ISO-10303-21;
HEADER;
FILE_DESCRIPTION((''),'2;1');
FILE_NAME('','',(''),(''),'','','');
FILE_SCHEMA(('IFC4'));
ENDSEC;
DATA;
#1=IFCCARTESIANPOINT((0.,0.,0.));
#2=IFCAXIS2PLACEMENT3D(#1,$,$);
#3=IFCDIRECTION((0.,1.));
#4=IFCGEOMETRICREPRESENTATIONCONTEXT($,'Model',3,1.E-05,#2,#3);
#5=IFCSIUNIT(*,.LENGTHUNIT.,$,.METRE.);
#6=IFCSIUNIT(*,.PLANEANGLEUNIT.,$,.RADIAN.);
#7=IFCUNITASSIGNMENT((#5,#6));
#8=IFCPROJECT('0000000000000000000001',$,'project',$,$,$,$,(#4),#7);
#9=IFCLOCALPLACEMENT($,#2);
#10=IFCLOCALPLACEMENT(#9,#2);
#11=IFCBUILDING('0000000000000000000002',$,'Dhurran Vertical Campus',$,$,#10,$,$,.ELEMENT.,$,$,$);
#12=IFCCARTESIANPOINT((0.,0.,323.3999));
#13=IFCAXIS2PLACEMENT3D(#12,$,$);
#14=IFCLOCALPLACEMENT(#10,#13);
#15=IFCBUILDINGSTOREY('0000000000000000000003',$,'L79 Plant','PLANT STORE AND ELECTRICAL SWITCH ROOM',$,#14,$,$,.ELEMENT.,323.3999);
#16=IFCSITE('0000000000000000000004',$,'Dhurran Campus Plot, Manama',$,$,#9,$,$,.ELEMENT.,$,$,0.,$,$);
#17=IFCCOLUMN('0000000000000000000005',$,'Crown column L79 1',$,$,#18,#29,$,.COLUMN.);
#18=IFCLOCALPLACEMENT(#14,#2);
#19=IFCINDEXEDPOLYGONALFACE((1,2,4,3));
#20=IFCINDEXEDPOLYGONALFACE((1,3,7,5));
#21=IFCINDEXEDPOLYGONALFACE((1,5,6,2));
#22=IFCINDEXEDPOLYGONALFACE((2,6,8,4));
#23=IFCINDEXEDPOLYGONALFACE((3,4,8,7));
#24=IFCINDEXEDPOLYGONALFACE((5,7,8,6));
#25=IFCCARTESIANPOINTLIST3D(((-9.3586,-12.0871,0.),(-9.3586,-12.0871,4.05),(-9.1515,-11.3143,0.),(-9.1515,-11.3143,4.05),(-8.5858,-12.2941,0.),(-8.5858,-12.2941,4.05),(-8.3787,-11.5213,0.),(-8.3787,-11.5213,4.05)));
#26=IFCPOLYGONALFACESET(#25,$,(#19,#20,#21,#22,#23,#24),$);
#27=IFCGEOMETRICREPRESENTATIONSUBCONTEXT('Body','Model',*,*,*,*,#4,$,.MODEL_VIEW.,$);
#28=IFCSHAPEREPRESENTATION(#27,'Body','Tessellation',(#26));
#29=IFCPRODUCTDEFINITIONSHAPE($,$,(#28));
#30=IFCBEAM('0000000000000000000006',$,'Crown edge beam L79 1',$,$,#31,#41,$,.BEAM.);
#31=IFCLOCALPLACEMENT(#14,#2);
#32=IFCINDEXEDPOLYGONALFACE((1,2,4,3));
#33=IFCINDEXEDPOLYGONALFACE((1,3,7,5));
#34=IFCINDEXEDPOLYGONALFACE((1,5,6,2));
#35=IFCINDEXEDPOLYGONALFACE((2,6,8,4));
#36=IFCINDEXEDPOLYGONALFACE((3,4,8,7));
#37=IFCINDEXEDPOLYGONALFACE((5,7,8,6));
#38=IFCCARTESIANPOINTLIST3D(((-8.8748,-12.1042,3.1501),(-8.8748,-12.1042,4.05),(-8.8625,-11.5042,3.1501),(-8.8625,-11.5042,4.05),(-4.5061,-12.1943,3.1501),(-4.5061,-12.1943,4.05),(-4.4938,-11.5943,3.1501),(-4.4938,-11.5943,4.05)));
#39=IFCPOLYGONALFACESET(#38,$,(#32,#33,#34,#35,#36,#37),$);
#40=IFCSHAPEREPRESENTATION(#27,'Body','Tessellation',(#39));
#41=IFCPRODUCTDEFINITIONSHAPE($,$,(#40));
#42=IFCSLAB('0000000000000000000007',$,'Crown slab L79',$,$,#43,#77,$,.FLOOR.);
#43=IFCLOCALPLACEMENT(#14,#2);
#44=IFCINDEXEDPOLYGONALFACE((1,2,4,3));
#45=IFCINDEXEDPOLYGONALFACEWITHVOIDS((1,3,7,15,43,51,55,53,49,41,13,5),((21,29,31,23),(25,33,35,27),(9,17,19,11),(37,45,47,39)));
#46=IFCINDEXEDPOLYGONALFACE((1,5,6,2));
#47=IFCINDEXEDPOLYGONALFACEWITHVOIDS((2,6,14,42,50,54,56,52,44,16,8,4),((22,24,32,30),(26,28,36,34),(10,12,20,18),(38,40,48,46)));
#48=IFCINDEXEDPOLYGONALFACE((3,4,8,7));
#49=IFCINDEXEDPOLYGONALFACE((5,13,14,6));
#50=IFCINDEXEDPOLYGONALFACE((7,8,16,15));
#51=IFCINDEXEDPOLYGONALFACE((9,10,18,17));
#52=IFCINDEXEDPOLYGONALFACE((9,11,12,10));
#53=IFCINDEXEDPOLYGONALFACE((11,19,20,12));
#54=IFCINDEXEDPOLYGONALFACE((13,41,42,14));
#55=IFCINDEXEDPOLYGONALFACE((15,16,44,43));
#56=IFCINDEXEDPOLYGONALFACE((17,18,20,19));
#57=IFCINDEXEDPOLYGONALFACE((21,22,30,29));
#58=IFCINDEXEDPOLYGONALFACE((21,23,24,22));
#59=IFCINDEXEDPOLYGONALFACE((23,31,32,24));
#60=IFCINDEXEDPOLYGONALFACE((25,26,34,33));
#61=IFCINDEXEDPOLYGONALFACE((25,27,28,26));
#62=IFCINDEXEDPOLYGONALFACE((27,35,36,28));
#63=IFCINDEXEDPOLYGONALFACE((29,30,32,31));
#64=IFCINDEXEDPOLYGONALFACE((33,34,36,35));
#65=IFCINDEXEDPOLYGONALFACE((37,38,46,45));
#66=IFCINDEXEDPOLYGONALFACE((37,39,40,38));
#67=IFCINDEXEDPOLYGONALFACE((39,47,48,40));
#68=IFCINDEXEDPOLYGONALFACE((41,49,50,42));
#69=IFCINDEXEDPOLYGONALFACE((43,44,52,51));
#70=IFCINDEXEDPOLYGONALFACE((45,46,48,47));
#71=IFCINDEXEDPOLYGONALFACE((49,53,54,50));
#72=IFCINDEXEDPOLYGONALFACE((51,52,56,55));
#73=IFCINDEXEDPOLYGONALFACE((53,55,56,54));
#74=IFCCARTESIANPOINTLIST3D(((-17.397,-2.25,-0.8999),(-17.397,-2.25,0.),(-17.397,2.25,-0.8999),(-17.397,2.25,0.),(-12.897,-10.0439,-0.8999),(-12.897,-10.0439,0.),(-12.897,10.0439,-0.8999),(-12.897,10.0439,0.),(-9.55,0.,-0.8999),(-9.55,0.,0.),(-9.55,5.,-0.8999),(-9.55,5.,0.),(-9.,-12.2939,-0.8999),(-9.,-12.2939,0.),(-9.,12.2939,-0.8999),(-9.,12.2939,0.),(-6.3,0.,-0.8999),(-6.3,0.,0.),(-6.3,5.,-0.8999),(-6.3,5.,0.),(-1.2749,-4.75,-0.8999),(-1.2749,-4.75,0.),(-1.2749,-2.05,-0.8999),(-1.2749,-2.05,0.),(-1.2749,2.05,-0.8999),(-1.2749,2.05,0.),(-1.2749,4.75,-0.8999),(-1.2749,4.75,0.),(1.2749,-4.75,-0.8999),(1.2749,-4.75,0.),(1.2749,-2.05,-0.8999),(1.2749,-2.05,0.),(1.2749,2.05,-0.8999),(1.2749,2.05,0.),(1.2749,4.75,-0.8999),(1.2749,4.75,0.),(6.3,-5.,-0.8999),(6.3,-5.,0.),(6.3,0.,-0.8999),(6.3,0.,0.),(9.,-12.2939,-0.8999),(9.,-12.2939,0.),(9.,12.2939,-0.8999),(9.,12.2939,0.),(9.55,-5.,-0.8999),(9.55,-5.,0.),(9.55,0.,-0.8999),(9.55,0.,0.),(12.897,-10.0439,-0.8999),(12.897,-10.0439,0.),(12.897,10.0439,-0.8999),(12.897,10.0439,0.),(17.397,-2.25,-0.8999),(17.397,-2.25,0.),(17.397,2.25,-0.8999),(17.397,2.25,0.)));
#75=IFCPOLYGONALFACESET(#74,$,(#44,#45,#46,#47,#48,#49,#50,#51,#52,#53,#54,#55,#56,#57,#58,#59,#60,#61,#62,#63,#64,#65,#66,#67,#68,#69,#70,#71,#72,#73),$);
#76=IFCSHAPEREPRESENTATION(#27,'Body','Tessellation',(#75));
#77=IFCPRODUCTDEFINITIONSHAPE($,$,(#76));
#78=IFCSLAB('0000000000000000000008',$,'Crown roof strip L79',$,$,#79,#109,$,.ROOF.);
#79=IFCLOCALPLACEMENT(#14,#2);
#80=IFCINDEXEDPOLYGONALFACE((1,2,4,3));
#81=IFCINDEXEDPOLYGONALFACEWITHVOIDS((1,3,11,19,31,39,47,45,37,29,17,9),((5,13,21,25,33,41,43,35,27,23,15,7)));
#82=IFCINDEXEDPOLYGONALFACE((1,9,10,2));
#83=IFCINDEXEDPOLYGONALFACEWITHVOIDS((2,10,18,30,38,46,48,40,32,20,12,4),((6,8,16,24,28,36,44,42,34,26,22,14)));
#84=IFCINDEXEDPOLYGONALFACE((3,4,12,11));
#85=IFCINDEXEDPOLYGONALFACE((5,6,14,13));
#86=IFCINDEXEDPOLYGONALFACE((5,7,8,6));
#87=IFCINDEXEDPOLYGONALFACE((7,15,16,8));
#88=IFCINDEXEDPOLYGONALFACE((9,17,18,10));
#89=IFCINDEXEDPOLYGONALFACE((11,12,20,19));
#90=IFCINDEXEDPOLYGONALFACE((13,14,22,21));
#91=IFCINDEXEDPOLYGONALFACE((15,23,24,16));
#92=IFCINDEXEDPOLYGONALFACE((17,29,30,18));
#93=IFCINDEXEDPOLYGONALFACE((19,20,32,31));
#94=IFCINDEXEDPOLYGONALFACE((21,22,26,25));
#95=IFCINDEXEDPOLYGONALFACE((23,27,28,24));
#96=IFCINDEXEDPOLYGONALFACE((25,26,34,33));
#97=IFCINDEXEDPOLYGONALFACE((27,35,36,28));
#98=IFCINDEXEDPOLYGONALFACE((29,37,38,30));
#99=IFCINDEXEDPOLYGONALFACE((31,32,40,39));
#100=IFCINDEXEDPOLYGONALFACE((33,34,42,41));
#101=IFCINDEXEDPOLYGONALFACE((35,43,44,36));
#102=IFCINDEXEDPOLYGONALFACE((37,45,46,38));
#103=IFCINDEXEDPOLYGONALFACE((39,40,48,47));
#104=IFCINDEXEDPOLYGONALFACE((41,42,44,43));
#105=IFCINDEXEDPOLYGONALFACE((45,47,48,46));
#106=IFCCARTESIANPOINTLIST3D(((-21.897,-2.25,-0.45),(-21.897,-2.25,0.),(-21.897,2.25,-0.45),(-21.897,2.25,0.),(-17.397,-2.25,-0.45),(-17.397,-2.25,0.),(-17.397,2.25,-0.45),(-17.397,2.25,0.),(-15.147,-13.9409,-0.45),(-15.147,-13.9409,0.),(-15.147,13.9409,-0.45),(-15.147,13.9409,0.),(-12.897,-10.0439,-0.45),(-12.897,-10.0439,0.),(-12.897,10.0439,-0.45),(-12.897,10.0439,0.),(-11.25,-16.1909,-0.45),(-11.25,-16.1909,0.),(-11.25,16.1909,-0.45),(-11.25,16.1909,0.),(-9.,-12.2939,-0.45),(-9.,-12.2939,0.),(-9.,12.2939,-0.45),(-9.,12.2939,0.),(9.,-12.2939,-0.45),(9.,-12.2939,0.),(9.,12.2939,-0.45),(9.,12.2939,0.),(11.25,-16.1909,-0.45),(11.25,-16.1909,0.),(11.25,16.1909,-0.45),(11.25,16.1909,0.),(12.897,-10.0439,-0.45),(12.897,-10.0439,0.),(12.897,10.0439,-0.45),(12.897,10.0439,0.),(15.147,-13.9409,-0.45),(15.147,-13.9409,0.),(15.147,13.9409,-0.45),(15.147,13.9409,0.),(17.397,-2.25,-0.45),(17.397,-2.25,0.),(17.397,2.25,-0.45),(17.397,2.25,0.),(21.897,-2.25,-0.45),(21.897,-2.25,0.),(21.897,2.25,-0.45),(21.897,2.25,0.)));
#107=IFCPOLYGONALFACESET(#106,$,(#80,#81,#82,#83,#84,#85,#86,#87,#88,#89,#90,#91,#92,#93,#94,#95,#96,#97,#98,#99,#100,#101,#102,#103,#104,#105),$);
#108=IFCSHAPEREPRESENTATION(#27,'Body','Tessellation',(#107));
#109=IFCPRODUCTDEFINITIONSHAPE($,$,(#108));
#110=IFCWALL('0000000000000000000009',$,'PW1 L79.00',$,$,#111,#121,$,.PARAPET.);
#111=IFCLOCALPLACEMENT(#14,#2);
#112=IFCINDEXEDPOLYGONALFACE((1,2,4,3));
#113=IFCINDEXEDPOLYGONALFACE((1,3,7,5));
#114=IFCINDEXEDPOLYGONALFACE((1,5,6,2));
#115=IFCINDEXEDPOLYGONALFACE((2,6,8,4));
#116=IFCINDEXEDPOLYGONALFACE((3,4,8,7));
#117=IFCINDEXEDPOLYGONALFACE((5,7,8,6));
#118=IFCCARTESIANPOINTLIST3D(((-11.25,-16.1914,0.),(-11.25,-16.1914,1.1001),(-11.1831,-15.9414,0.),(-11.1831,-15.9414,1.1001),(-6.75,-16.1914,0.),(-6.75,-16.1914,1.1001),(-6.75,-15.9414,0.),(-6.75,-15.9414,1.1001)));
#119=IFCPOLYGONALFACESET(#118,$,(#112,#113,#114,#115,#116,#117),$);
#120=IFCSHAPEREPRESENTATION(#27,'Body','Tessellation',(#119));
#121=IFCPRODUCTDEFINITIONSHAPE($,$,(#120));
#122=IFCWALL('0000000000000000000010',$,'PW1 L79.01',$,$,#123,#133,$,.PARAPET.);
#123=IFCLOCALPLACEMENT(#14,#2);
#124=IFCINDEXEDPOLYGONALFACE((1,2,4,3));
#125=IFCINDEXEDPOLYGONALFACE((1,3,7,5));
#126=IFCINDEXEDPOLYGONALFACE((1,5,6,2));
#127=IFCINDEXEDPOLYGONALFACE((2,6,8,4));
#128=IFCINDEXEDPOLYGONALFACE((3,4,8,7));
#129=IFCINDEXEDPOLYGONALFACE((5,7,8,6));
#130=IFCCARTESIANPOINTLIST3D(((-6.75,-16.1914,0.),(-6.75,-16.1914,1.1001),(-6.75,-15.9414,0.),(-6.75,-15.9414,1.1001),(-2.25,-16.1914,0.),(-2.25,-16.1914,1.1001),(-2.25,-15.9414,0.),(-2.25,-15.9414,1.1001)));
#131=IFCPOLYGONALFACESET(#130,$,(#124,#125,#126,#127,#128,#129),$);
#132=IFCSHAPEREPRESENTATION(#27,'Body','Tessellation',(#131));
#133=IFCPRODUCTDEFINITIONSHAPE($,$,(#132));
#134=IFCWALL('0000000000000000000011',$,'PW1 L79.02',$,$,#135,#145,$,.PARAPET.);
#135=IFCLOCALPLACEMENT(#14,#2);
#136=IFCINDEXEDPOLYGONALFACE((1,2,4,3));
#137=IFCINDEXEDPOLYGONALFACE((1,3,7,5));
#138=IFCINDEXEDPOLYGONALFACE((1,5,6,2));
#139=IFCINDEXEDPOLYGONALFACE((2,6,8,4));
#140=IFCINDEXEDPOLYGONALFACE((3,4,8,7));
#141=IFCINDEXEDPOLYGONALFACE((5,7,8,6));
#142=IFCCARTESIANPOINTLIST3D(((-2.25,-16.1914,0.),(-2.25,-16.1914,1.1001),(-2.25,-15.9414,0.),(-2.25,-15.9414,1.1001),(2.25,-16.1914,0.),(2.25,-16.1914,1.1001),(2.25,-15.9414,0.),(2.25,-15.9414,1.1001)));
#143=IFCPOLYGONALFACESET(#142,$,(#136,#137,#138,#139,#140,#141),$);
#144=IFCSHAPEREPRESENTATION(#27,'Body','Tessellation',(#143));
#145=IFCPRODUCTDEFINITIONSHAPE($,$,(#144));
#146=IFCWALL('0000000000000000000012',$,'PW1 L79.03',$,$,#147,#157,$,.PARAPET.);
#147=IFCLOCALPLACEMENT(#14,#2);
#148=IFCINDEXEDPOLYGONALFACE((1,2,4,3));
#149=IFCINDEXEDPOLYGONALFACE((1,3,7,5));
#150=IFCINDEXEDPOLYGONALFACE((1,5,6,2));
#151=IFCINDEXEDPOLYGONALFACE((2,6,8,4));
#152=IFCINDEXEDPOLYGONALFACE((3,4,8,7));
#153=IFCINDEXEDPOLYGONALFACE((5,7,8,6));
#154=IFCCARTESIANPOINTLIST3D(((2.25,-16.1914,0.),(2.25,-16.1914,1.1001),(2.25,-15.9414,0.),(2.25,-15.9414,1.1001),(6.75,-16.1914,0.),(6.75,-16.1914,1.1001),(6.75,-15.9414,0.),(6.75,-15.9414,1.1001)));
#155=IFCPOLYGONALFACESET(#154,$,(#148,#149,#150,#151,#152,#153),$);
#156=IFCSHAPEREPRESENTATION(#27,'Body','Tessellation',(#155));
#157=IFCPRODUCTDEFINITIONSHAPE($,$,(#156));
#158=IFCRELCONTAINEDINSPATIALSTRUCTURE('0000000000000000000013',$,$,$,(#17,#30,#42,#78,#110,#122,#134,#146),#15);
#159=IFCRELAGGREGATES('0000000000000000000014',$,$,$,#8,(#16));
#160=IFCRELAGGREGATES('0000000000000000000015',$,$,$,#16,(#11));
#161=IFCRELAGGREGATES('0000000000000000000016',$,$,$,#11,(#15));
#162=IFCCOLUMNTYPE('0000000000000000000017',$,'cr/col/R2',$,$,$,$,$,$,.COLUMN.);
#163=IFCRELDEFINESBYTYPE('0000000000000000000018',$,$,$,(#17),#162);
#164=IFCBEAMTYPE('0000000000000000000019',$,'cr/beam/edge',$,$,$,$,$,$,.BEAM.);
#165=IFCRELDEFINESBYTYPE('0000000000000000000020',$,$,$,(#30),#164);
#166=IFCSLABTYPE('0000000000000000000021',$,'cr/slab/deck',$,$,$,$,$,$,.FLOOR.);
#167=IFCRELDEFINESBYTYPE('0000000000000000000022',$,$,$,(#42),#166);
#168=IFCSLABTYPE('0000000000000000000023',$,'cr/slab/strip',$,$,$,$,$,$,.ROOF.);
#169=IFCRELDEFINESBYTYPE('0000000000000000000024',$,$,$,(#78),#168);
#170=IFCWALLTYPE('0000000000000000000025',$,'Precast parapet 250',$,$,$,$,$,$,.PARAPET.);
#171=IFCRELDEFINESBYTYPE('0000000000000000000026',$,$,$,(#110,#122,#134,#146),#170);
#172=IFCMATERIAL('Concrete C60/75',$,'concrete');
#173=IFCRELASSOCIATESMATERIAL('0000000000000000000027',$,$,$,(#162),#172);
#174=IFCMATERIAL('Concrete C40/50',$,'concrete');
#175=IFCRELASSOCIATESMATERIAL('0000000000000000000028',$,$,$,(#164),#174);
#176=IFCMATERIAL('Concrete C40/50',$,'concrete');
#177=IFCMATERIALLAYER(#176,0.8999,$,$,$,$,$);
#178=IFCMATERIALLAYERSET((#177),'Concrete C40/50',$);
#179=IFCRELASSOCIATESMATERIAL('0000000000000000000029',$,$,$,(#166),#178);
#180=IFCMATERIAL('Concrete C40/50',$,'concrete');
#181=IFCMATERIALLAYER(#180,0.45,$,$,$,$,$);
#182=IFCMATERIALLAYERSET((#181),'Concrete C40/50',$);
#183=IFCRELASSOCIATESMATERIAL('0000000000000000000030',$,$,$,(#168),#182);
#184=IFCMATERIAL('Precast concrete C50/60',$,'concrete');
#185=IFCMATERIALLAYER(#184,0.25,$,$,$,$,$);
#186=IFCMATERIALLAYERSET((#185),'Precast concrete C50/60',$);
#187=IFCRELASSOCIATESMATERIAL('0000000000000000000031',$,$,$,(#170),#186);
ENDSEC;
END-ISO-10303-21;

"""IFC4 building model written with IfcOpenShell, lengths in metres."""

from ifc_helpers import new_model, si_unit, direction, frame, origin, origin_2d, place, context, subcontext, project, spatial, polyline, rectangle, outline, extrude, material, layer, layer_set, material_profile, profile_set, type_object, element, save


model = new_model("IFC4")

# Units and contexts
model_context = context("Model", 3, precision=1e-05, world=origin(), true_north=direction((0.0, 1.0)))
body_context = subcontext(model_context, "Body", "Model", "MODEL_VIEW")
ifc_project = project(units=[si_unit("LENGTHUNIT", "METRE"), si_unit("PLANEANGLEUNIT", "RADIAN")], contexts=[model_context])

# Site, building, storey
site_placement = place(None, origin())
site = spatial("IfcSite", under=ifc_project, at=site_placement, Name="Dhurran Campus Plot, Manama", CompositionType="ELEMENT", RefElevation=0.0)
building_placement = place(site_placement, origin())
building = spatial("IfcBuilding", under=site, at=building_placement, Name="Dhurran Vertical Campus", CompositionType="ELEMENT")
storey_placement = place(building_placement, frame((0.0, 0.0, 323.3999)))
storey = spatial("IfcBuildingStorey", under=building, at=storey_placement, Name="L79 Plant", Description="PLANT STORE AND ELECTRICAL SWITCH ROOM", CompositionType="ELEMENT", Elevation=323.3999)

# Column
ifc_material_1 = material(Name="Concrete C60/75", Category="concrete")
ifc_material_profile_1 = material_profile(ifc_material_1, rectangle(XDim=0.8, YDim=0.8, at=origin_2d()), Name="cr/col/R2")
ifc_profile_set_1 = profile_set([ifc_material_profile_1], Name="Concrete C60/75")
column_type = type_object("IfcColumnType", Name="cr/col/R2", PredefinedType="COLUMN", material=ifc_profile_set_1)
column_placement = place(storey_placement, frame((-8.8687, -11.8042, 0.0), z_axis=(0.0, 0.0, 1.0), x_axis=(0.965926, -0.258819, 0.0)))
element("IfcColumn", 1, at=column_placement, inside=storey, type_object=column_type, Name="Crown column L79 1", PredefinedType="COLUMN", context=body_context, shape_type="SweptSolid", body=[
    extrude(rectangle(XDim=0.8, YDim=0.8, at=origin_2d()), origin(), (0.0, 0.0, 1.0), 4.05),
])

# Beam
ifc_material_2 = material(Name="Concrete C40/50", Category="concrete")
ifc_material_profile_2 = material_profile(ifc_material_2, rectangle(XDim=0.6001, YDim=0.8999, at=origin_2d()), Name="cr/beam/edge")
ifc_profile_set_2 = profile_set([ifc_material_profile_2], Name="Concrete C40/50")
beam_type = type_object("IfcBeamType", Name="cr/beam/edge", PredefinedType="BEAM", material=ifc_profile_set_2)
beam_placement = place(storey_placement, frame((-8.8687, -11.8042, 3.6001), z_axis=(0.999787, -0.020617, 0.0), x_axis=(0.020617, 0.999787, 0.0)))
element("IfcBeam", 2, at=beam_placement, inside=storey, type_object=beam_type, Name="Crown edge beam L79 1", PredefinedType="BEAM", context=body_context, shape_type="SweptSolid", body=[
    extrude(rectangle(XDim=0.6001, YDim=0.8999, at=origin_2d()), origin(), (0.0, 0.0, 1.0), 4.3696),
])

# Slabs
ifc_material_3 = material(Name="Concrete C40/50", Category="concrete")
ifc_layer_1 = layer(ifc_material_3, 0.8999)
ifc_layer_set_1 = layer_set([ifc_layer_1], Name="Concrete C40/50")
slab_type_1 = type_object("IfcSlabType", Name="cr/slab/deck", PredefinedType="FLOOR", material=ifc_layer_set_1)
slab_1_placement = place(storey_placement, frame((0.0, 0.0, -0.8999)))
element("IfcSlab", 3, at=slab_1_placement, inside=storey, type_object=slab_type_1, Name="Crown slab L79", PredefinedType="FLOOR", context=body_context, shape_type="SweptSolid", body=[
    extrude(outline(polyline([(-9.0, -12.2939), (9.0, -12.2939), (12.897, -10.0439), (17.397, -2.25), (17.397, 2.25), (12.897, 10.0439), (9.0, 12.2939), (-9.0, 12.2939), (-12.897, 10.0439), (-17.397, 2.25), (-17.397, -2.25), (-12.897, -10.0439), (-9.0, -12.2939)]), holes=[polyline([(-1.2749, 4.75), (1.2749, 4.75), (1.2749, 2.05), (-1.2749, 2.05), (-1.2749, 4.75)]), polyline([(-1.2749, -2.05), (1.2749, -2.05), (1.2749, -4.75), (-1.2749, -4.75), (-1.2749, -2.05)]), polyline([(-9.55, 5.0), (-6.3, 5.0), (-6.3, 0.0), (-9.55, 0.0), (-9.55, 5.0)]), polyline([(6.3, 0.0), (9.55, 0.0), (9.55, -5.0), (6.3, -5.0), (6.3, 0.0)])]), origin(), (0.0, 0.0, 1.0), 0.8999),
])
ifc_material_4 = material(Name="Concrete C40/50", Category="concrete")
ifc_layer_2 = layer(ifc_material_4, 0.45)
ifc_layer_set_2 = layer_set([ifc_layer_2], Name="Concrete C40/50")
slab_type_2 = type_object("IfcSlabType", Name="cr/slab/strip", PredefinedType="ROOF", material=ifc_layer_set_2)
slab_2_placement = place(storey_placement, frame((0.0, 0.0, -0.45)))
element("IfcSlab", 4, at=slab_2_placement, inside=storey, type_object=slab_type_2, Name="Crown roof strip L79", PredefinedType="ROOF", context=body_context, shape_type="SweptSolid", body=[
    extrude(outline(polyline([(-15.147, -13.9409), (-11.25, -16.1909), (11.25, -16.1909), (15.147, -13.9409), (21.897, -2.25), (21.897, 2.25), (15.147, 13.9409), (11.25, 16.1909), (-11.25, 16.1909), (-15.147, 13.9409), (-21.897, 2.25), (-21.897, -2.25), (-15.147, -13.9409)]), holes=[polyline([(9.0, -12.2939), (12.897, -10.0439), (17.397, -2.25), (17.397, 2.25), (12.897, 10.0439), (9.0, 12.2939), (-9.0, 12.2939), (-12.897, 10.0439), (-17.397, 2.25), (-17.397, -2.25), (-12.897, -10.0439), (-9.0, -12.2939), (9.0, -12.2939)])]), origin(), (0.0, 0.0, 1.0), 0.45),
])

# Walls
ifc_material_5 = material(Name="Precast concrete C50/60", Category="concrete")
ifc_layer_3 = layer(ifc_material_5, 0.25)
ifc_layer_set_3 = layer_set([ifc_layer_3], Name="Precast concrete C50/60")
wall_type_1 = type_object("IfcWallType", Name="Precast parapet 250", PredefinedType="PARAPET", material=ifc_layer_set_3)
wall_1_placement = place(storey_placement, origin())
element("IfcWall", 5, at=wall_1_placement, inside=storey, type_object=wall_type_1, Name="PW1 L79.00", PredefinedType="PARAPET", context=body_context, shape_type="SweptSolid", body=[
    extrude(outline(polyline([(-11.25, -16.1914), (-6.75, -16.1914), (-6.75, -15.9414), (-11.1831, -15.9414), (-11.25, -16.1914)])), origin(), (0.0, 0.0, 1.0), 1.1001),
])
wall_2_placement = place(storey_placement, origin())
element("IfcWall", 6, at=wall_2_placement, inside=storey, type_object=wall_type_1, Name="PW1 L79.01", PredefinedType="PARAPET", context=body_context, shape_type="SweptSolid", body=[
    extrude(outline(polyline([(-6.75, -16.1914), (-2.25, -16.1914), (-2.25, -15.9414), (-6.75, -15.9414), (-6.75, -16.1914)])), origin(), (0.0, 0.0, 1.0), 1.1001),
])
wall_3_placement = place(storey_placement, origin())
element("IfcWall", 7, at=wall_3_placement, inside=storey, type_object=wall_type_1, Name="PW1 L79.02", PredefinedType="PARAPET", context=body_context, shape_type="SweptSolid", body=[
    extrude(outline(polyline([(-2.25, -16.1914), (2.25, -16.1914), (2.25, -15.9414), (-2.25, -15.9414), (-2.25, -16.1914)])), origin(), (0.0, 0.0, 1.0), 1.1001),
])
wall_4_placement = place(storey_placement, origin())
element("IfcWall", 8, at=wall_4_placement, inside=storey, type_object=wall_type_1, Name="PW1 L79.03", PredefinedType="PARAPET", context=body_context, shape_type="SweptSolid", body=[
    extrude(outline(polyline([(2.25, -16.1914), (6.75, -16.1914), (6.75, -15.9414), (2.25, -15.9414), (2.25, -16.1914)])), origin(), (0.0, 0.0, 1.0), 1.1001),
])

save(model, "model.ifc")
